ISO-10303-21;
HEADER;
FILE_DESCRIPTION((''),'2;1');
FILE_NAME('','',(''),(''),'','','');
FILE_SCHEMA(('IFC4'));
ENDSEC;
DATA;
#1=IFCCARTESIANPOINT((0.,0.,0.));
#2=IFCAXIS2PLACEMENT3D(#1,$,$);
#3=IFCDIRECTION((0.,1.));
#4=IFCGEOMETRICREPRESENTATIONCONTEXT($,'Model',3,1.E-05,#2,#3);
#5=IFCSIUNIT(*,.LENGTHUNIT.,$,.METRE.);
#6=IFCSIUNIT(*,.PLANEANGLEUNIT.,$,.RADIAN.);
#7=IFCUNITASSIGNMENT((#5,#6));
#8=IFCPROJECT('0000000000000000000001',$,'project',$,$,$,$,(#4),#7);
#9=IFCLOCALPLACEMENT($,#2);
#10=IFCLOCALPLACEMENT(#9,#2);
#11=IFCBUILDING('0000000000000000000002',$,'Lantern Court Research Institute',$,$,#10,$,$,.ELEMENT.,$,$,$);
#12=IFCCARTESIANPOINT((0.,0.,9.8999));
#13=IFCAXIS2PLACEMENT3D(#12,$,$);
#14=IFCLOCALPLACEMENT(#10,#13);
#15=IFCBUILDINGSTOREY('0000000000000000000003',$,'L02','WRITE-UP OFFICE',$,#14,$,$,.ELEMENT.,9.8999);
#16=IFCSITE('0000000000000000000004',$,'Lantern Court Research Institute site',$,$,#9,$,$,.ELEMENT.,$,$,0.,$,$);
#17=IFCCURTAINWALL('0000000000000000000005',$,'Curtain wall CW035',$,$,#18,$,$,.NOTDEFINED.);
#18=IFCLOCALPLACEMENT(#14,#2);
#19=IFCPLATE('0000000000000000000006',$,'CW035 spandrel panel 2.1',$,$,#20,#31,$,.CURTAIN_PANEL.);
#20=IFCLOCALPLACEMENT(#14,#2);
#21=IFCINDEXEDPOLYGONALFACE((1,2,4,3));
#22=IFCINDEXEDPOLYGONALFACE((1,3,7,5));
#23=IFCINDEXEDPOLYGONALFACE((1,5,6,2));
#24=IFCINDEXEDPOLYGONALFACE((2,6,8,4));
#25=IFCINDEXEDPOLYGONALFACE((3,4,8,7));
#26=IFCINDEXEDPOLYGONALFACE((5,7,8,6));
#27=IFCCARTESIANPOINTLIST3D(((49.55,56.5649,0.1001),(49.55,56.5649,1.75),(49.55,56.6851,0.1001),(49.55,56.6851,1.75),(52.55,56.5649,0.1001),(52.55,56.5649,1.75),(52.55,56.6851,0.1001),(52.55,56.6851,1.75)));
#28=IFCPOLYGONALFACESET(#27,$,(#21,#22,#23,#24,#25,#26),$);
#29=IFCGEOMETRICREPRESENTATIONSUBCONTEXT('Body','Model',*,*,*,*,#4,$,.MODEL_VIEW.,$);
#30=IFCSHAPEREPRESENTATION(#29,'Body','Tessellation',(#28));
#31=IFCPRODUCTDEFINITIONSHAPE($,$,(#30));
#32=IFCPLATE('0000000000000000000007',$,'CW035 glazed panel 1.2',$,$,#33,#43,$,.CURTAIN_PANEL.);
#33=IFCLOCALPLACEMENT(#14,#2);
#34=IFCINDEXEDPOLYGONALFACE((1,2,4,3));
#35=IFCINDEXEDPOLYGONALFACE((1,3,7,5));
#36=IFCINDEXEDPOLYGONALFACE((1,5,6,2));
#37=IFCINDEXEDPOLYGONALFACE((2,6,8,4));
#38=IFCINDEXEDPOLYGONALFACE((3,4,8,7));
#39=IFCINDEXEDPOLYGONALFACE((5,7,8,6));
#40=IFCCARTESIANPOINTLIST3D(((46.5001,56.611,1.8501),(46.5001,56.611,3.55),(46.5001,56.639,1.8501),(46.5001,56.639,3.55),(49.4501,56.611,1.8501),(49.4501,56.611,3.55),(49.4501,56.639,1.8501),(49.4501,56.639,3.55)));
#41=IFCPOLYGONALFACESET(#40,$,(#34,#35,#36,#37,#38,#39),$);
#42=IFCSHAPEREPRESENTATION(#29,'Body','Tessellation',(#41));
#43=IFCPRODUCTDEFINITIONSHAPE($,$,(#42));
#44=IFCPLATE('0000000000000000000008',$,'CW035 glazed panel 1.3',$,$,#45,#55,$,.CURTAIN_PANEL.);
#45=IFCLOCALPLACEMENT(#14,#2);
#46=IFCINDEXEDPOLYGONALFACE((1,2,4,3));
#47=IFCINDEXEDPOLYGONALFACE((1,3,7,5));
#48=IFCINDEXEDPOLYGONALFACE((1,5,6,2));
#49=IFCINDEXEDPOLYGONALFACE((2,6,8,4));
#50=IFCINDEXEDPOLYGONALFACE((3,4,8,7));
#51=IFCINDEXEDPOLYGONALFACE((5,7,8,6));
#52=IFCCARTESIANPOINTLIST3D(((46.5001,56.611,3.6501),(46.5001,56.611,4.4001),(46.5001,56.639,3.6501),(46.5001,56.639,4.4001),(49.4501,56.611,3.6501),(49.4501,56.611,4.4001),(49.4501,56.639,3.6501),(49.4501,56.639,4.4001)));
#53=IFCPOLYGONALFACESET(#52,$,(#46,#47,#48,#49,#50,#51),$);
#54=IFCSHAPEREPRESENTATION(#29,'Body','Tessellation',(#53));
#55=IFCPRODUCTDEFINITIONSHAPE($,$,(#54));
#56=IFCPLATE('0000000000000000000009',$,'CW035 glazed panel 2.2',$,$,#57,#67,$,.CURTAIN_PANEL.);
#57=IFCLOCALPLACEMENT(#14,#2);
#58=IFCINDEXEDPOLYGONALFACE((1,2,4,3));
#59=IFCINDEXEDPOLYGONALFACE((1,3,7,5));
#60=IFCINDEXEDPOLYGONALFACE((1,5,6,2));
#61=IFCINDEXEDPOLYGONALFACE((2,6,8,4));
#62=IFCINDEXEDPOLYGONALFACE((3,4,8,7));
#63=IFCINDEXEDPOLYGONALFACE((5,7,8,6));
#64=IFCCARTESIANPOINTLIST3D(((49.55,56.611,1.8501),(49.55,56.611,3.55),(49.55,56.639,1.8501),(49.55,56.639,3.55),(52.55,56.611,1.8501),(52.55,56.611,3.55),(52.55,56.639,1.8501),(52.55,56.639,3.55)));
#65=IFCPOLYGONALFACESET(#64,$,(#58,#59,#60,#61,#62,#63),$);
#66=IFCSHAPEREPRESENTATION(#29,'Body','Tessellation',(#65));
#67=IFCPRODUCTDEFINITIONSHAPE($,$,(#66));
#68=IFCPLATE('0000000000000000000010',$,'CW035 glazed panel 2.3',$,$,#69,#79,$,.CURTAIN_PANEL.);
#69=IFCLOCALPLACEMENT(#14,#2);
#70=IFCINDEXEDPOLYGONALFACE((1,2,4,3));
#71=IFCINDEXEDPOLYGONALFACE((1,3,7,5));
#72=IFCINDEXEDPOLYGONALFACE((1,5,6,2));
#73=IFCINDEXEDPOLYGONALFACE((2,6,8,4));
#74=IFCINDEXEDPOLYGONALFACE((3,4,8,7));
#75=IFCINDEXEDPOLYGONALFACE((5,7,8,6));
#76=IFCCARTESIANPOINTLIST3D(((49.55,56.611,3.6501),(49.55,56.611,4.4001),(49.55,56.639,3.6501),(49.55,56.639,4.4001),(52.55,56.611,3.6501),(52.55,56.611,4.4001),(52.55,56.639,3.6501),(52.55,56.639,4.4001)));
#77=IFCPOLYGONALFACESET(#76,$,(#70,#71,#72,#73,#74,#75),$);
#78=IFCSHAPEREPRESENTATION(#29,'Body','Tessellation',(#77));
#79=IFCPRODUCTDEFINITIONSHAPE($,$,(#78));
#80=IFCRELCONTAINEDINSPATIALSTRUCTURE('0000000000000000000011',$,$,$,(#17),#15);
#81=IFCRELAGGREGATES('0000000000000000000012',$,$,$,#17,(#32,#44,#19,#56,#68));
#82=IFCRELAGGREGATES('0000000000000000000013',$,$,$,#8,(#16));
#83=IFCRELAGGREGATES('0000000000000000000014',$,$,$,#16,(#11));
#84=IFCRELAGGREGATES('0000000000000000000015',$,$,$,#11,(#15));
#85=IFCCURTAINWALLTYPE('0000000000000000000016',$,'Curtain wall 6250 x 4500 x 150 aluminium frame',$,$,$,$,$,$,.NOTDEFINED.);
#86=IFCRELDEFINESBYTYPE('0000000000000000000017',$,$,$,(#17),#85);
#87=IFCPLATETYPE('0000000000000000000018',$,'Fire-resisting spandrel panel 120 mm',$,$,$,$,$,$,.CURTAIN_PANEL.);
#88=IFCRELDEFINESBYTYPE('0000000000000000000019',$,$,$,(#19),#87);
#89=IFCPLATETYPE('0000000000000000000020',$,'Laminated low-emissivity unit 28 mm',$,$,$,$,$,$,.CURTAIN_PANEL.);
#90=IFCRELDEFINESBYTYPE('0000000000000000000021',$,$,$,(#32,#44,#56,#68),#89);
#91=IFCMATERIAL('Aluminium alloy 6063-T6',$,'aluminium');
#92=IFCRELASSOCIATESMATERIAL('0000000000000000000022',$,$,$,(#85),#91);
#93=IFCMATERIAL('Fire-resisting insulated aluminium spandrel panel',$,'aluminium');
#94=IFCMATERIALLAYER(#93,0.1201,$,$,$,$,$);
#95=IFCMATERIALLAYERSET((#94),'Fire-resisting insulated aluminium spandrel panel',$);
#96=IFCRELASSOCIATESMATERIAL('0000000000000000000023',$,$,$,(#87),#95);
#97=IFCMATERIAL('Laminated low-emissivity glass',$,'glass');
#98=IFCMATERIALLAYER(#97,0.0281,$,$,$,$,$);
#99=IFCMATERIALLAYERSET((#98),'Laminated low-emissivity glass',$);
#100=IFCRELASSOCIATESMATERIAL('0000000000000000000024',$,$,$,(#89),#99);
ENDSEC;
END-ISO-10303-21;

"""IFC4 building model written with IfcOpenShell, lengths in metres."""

from ifc_helpers import new_model, si_unit, direction, frame, origin, origin_2d, place, context, subcontext, project, spatial, rectangle, extrude, material, layer, layer_set, type_object, element, aggregate, save


model = new_model("IFC4")

# Units and contexts
model_context = context("Model", 3, precision=1e-05, world=origin(), true_north=direction((0.0, 1.0)))
body_context = subcontext(model_context, "Body", "Model", "MODEL_VIEW")
ifc_project = project(units=[si_unit("LENGTHUNIT", "METRE"), si_unit("PLANEANGLEUNIT", "RADIAN")], contexts=[model_context])

# Site, building, storey
site_placement = place(None, origin())
site = spatial("IfcSite", under=ifc_project, at=site_placement, Name="Lantern Court Research Institute site", CompositionType="ELEMENT", RefElevation=0.0)
building_placement = place(site_placement, origin())
building = spatial("IfcBuilding", under=site, at=building_placement, Name="Lantern Court Research Institute", CompositionType="ELEMENT")
storey_placement = place(building_placement, frame((0.0, 0.0, 9.8999)))
storey = spatial("IfcBuildingStorey", under=building, at=storey_placement, Name="L02", Description="WRITE-UP OFFICE", CompositionType="ELEMENT", Elevation=9.8999)

# Curtain wall
ifc_material_1 = material(Name="Aluminium alloy 6063-T6", Category="aluminium")
curtain_wall_type_1 = type_object("IfcCurtainWallType", Name="Curtain wall 6250 x 4500 x 150 aluminium frame", PredefinedType="NOTDEFINED", material=ifc_material_1)
curtain_wall_1_placement = place(storey_placement, origin())
curtain_wall_1 = element("IfcCurtainWall", 1, at=curtain_wall_1_placement, inside=storey, type_object=curtain_wall_type_1, Name="Curtain wall CW035", PredefinedType="NOTDEFINED")

# Plates
ifc_material_2 = material(Name="Fire-resisting insulated aluminium spandrel panel", Category="aluminium")
ifc_layer_1 = layer(ifc_material_2, 0.1201)
ifc_layer_set_1 = layer_set([ifc_layer_1], Name="Fire-resisting insulated aluminium spandrel panel")
plate_type_1 = type_object("IfcPlateType", Name="Fire-resisting spandrel panel 120 mm", PredefinedType="CURTAIN_PANEL", material=ifc_layer_set_1)
plate_1_placement = place(storey_placement, frame((51.05, 56.625, 0.1001), z_axis=(0.0, 0.0, 1.0), x_axis=(1.0, 0.0, 0.0)))
plate_1 = element("IfcPlate", 2, at=plate_1_placement, type_object=plate_type_1, Name="CW035 spandrel panel 2.1", PredefinedType="CURTAIN_PANEL", context=body_context, shape_type="SweptSolid", body=[
    extrude(rectangle(XDim=3.0, YDim=0.1201, at=origin_2d()), origin(), (0.0, 0.0, 1.0), 1.6499),
])
ifc_material_3 = material(Name="Laminated low-emissivity glass", Category="glass")
ifc_layer_2 = layer(ifc_material_3, 0.0281)
ifc_layer_set_2 = layer_set([ifc_layer_2], Name="Laminated low-emissivity glass")
plate_type_2 = type_object("IfcPlateType", Name="Laminated low-emissivity unit 28 mm", PredefinedType="CURTAIN_PANEL", material=ifc_layer_set_2)
plate_2_placement = place(storey_placement, frame((47.9751, 56.625, 1.8501), z_axis=(0.0, 0.0, 1.0), x_axis=(1.0, 0.0, 0.0)))
plate_2 = element("IfcPlate", 3, at=plate_2_placement, type_object=plate_type_2, Name="CW035 glazed panel 1.2", PredefinedType="CURTAIN_PANEL", context=body_context, shape_type="SweptSolid", body=[
    extrude(rectangle(XDim=2.95, YDim=0.0281, at=origin_2d()), origin(), (0.0, 0.0, 1.0), 1.7),
])
plate_3_placement = place(storey_placement, frame((47.9751, 56.625, 3.6501), z_axis=(0.0, 0.0, 1.0), x_axis=(1.0, 0.0, 0.0)))
plate_3 = element("IfcPlate", 4, at=plate_3_placement, type_object=plate_type_2, Name="CW035 glazed panel 1.3", PredefinedType="CURTAIN_PANEL", context=body_context, shape_type="SweptSolid", body=[
    extrude(rectangle(XDim=2.95, YDim=0.0281, at=origin_2d()), origin(), (0.0, 0.0, 1.0), 0.75),
])
plate_4_placement = place(storey_placement, frame((51.05, 56.625, 1.8501), z_axis=(0.0, 0.0, 1.0), x_axis=(1.0, 0.0, 0.0)))
plate_4 = element("IfcPlate", 5, at=plate_4_placement, type_object=plate_type_2, Name="CW035 glazed panel 2.2", PredefinedType="CURTAIN_PANEL", context=body_context, shape_type="SweptSolid", body=[
    extrude(rectangle(XDim=3.0, YDim=0.0281, at=origin_2d()), origin(), (0.0, 0.0, 1.0), 1.7),
])
plate_5_placement = place(storey_placement, frame((51.05, 56.625, 3.6501), z_axis=(0.0, 0.0, 1.0), x_axis=(1.0, 0.0, 0.0)))
plate_5 = element("IfcPlate", 6, at=plate_5_placement, type_object=plate_type_2, Name="CW035 glazed panel 2.3", PredefinedType="CURTAIN_PANEL", context=body_context, shape_type="SweptSolid", body=[
    extrude(rectangle(XDim=3.0, YDim=0.0281, at=origin_2d()), origin(), (0.0, 0.0, 1.0), 0.75),
])
aggregate(curtain_wall_1, [plate_2, plate_3, plate_1, plate_4, plate_5])

save(model, "model.ifc")
